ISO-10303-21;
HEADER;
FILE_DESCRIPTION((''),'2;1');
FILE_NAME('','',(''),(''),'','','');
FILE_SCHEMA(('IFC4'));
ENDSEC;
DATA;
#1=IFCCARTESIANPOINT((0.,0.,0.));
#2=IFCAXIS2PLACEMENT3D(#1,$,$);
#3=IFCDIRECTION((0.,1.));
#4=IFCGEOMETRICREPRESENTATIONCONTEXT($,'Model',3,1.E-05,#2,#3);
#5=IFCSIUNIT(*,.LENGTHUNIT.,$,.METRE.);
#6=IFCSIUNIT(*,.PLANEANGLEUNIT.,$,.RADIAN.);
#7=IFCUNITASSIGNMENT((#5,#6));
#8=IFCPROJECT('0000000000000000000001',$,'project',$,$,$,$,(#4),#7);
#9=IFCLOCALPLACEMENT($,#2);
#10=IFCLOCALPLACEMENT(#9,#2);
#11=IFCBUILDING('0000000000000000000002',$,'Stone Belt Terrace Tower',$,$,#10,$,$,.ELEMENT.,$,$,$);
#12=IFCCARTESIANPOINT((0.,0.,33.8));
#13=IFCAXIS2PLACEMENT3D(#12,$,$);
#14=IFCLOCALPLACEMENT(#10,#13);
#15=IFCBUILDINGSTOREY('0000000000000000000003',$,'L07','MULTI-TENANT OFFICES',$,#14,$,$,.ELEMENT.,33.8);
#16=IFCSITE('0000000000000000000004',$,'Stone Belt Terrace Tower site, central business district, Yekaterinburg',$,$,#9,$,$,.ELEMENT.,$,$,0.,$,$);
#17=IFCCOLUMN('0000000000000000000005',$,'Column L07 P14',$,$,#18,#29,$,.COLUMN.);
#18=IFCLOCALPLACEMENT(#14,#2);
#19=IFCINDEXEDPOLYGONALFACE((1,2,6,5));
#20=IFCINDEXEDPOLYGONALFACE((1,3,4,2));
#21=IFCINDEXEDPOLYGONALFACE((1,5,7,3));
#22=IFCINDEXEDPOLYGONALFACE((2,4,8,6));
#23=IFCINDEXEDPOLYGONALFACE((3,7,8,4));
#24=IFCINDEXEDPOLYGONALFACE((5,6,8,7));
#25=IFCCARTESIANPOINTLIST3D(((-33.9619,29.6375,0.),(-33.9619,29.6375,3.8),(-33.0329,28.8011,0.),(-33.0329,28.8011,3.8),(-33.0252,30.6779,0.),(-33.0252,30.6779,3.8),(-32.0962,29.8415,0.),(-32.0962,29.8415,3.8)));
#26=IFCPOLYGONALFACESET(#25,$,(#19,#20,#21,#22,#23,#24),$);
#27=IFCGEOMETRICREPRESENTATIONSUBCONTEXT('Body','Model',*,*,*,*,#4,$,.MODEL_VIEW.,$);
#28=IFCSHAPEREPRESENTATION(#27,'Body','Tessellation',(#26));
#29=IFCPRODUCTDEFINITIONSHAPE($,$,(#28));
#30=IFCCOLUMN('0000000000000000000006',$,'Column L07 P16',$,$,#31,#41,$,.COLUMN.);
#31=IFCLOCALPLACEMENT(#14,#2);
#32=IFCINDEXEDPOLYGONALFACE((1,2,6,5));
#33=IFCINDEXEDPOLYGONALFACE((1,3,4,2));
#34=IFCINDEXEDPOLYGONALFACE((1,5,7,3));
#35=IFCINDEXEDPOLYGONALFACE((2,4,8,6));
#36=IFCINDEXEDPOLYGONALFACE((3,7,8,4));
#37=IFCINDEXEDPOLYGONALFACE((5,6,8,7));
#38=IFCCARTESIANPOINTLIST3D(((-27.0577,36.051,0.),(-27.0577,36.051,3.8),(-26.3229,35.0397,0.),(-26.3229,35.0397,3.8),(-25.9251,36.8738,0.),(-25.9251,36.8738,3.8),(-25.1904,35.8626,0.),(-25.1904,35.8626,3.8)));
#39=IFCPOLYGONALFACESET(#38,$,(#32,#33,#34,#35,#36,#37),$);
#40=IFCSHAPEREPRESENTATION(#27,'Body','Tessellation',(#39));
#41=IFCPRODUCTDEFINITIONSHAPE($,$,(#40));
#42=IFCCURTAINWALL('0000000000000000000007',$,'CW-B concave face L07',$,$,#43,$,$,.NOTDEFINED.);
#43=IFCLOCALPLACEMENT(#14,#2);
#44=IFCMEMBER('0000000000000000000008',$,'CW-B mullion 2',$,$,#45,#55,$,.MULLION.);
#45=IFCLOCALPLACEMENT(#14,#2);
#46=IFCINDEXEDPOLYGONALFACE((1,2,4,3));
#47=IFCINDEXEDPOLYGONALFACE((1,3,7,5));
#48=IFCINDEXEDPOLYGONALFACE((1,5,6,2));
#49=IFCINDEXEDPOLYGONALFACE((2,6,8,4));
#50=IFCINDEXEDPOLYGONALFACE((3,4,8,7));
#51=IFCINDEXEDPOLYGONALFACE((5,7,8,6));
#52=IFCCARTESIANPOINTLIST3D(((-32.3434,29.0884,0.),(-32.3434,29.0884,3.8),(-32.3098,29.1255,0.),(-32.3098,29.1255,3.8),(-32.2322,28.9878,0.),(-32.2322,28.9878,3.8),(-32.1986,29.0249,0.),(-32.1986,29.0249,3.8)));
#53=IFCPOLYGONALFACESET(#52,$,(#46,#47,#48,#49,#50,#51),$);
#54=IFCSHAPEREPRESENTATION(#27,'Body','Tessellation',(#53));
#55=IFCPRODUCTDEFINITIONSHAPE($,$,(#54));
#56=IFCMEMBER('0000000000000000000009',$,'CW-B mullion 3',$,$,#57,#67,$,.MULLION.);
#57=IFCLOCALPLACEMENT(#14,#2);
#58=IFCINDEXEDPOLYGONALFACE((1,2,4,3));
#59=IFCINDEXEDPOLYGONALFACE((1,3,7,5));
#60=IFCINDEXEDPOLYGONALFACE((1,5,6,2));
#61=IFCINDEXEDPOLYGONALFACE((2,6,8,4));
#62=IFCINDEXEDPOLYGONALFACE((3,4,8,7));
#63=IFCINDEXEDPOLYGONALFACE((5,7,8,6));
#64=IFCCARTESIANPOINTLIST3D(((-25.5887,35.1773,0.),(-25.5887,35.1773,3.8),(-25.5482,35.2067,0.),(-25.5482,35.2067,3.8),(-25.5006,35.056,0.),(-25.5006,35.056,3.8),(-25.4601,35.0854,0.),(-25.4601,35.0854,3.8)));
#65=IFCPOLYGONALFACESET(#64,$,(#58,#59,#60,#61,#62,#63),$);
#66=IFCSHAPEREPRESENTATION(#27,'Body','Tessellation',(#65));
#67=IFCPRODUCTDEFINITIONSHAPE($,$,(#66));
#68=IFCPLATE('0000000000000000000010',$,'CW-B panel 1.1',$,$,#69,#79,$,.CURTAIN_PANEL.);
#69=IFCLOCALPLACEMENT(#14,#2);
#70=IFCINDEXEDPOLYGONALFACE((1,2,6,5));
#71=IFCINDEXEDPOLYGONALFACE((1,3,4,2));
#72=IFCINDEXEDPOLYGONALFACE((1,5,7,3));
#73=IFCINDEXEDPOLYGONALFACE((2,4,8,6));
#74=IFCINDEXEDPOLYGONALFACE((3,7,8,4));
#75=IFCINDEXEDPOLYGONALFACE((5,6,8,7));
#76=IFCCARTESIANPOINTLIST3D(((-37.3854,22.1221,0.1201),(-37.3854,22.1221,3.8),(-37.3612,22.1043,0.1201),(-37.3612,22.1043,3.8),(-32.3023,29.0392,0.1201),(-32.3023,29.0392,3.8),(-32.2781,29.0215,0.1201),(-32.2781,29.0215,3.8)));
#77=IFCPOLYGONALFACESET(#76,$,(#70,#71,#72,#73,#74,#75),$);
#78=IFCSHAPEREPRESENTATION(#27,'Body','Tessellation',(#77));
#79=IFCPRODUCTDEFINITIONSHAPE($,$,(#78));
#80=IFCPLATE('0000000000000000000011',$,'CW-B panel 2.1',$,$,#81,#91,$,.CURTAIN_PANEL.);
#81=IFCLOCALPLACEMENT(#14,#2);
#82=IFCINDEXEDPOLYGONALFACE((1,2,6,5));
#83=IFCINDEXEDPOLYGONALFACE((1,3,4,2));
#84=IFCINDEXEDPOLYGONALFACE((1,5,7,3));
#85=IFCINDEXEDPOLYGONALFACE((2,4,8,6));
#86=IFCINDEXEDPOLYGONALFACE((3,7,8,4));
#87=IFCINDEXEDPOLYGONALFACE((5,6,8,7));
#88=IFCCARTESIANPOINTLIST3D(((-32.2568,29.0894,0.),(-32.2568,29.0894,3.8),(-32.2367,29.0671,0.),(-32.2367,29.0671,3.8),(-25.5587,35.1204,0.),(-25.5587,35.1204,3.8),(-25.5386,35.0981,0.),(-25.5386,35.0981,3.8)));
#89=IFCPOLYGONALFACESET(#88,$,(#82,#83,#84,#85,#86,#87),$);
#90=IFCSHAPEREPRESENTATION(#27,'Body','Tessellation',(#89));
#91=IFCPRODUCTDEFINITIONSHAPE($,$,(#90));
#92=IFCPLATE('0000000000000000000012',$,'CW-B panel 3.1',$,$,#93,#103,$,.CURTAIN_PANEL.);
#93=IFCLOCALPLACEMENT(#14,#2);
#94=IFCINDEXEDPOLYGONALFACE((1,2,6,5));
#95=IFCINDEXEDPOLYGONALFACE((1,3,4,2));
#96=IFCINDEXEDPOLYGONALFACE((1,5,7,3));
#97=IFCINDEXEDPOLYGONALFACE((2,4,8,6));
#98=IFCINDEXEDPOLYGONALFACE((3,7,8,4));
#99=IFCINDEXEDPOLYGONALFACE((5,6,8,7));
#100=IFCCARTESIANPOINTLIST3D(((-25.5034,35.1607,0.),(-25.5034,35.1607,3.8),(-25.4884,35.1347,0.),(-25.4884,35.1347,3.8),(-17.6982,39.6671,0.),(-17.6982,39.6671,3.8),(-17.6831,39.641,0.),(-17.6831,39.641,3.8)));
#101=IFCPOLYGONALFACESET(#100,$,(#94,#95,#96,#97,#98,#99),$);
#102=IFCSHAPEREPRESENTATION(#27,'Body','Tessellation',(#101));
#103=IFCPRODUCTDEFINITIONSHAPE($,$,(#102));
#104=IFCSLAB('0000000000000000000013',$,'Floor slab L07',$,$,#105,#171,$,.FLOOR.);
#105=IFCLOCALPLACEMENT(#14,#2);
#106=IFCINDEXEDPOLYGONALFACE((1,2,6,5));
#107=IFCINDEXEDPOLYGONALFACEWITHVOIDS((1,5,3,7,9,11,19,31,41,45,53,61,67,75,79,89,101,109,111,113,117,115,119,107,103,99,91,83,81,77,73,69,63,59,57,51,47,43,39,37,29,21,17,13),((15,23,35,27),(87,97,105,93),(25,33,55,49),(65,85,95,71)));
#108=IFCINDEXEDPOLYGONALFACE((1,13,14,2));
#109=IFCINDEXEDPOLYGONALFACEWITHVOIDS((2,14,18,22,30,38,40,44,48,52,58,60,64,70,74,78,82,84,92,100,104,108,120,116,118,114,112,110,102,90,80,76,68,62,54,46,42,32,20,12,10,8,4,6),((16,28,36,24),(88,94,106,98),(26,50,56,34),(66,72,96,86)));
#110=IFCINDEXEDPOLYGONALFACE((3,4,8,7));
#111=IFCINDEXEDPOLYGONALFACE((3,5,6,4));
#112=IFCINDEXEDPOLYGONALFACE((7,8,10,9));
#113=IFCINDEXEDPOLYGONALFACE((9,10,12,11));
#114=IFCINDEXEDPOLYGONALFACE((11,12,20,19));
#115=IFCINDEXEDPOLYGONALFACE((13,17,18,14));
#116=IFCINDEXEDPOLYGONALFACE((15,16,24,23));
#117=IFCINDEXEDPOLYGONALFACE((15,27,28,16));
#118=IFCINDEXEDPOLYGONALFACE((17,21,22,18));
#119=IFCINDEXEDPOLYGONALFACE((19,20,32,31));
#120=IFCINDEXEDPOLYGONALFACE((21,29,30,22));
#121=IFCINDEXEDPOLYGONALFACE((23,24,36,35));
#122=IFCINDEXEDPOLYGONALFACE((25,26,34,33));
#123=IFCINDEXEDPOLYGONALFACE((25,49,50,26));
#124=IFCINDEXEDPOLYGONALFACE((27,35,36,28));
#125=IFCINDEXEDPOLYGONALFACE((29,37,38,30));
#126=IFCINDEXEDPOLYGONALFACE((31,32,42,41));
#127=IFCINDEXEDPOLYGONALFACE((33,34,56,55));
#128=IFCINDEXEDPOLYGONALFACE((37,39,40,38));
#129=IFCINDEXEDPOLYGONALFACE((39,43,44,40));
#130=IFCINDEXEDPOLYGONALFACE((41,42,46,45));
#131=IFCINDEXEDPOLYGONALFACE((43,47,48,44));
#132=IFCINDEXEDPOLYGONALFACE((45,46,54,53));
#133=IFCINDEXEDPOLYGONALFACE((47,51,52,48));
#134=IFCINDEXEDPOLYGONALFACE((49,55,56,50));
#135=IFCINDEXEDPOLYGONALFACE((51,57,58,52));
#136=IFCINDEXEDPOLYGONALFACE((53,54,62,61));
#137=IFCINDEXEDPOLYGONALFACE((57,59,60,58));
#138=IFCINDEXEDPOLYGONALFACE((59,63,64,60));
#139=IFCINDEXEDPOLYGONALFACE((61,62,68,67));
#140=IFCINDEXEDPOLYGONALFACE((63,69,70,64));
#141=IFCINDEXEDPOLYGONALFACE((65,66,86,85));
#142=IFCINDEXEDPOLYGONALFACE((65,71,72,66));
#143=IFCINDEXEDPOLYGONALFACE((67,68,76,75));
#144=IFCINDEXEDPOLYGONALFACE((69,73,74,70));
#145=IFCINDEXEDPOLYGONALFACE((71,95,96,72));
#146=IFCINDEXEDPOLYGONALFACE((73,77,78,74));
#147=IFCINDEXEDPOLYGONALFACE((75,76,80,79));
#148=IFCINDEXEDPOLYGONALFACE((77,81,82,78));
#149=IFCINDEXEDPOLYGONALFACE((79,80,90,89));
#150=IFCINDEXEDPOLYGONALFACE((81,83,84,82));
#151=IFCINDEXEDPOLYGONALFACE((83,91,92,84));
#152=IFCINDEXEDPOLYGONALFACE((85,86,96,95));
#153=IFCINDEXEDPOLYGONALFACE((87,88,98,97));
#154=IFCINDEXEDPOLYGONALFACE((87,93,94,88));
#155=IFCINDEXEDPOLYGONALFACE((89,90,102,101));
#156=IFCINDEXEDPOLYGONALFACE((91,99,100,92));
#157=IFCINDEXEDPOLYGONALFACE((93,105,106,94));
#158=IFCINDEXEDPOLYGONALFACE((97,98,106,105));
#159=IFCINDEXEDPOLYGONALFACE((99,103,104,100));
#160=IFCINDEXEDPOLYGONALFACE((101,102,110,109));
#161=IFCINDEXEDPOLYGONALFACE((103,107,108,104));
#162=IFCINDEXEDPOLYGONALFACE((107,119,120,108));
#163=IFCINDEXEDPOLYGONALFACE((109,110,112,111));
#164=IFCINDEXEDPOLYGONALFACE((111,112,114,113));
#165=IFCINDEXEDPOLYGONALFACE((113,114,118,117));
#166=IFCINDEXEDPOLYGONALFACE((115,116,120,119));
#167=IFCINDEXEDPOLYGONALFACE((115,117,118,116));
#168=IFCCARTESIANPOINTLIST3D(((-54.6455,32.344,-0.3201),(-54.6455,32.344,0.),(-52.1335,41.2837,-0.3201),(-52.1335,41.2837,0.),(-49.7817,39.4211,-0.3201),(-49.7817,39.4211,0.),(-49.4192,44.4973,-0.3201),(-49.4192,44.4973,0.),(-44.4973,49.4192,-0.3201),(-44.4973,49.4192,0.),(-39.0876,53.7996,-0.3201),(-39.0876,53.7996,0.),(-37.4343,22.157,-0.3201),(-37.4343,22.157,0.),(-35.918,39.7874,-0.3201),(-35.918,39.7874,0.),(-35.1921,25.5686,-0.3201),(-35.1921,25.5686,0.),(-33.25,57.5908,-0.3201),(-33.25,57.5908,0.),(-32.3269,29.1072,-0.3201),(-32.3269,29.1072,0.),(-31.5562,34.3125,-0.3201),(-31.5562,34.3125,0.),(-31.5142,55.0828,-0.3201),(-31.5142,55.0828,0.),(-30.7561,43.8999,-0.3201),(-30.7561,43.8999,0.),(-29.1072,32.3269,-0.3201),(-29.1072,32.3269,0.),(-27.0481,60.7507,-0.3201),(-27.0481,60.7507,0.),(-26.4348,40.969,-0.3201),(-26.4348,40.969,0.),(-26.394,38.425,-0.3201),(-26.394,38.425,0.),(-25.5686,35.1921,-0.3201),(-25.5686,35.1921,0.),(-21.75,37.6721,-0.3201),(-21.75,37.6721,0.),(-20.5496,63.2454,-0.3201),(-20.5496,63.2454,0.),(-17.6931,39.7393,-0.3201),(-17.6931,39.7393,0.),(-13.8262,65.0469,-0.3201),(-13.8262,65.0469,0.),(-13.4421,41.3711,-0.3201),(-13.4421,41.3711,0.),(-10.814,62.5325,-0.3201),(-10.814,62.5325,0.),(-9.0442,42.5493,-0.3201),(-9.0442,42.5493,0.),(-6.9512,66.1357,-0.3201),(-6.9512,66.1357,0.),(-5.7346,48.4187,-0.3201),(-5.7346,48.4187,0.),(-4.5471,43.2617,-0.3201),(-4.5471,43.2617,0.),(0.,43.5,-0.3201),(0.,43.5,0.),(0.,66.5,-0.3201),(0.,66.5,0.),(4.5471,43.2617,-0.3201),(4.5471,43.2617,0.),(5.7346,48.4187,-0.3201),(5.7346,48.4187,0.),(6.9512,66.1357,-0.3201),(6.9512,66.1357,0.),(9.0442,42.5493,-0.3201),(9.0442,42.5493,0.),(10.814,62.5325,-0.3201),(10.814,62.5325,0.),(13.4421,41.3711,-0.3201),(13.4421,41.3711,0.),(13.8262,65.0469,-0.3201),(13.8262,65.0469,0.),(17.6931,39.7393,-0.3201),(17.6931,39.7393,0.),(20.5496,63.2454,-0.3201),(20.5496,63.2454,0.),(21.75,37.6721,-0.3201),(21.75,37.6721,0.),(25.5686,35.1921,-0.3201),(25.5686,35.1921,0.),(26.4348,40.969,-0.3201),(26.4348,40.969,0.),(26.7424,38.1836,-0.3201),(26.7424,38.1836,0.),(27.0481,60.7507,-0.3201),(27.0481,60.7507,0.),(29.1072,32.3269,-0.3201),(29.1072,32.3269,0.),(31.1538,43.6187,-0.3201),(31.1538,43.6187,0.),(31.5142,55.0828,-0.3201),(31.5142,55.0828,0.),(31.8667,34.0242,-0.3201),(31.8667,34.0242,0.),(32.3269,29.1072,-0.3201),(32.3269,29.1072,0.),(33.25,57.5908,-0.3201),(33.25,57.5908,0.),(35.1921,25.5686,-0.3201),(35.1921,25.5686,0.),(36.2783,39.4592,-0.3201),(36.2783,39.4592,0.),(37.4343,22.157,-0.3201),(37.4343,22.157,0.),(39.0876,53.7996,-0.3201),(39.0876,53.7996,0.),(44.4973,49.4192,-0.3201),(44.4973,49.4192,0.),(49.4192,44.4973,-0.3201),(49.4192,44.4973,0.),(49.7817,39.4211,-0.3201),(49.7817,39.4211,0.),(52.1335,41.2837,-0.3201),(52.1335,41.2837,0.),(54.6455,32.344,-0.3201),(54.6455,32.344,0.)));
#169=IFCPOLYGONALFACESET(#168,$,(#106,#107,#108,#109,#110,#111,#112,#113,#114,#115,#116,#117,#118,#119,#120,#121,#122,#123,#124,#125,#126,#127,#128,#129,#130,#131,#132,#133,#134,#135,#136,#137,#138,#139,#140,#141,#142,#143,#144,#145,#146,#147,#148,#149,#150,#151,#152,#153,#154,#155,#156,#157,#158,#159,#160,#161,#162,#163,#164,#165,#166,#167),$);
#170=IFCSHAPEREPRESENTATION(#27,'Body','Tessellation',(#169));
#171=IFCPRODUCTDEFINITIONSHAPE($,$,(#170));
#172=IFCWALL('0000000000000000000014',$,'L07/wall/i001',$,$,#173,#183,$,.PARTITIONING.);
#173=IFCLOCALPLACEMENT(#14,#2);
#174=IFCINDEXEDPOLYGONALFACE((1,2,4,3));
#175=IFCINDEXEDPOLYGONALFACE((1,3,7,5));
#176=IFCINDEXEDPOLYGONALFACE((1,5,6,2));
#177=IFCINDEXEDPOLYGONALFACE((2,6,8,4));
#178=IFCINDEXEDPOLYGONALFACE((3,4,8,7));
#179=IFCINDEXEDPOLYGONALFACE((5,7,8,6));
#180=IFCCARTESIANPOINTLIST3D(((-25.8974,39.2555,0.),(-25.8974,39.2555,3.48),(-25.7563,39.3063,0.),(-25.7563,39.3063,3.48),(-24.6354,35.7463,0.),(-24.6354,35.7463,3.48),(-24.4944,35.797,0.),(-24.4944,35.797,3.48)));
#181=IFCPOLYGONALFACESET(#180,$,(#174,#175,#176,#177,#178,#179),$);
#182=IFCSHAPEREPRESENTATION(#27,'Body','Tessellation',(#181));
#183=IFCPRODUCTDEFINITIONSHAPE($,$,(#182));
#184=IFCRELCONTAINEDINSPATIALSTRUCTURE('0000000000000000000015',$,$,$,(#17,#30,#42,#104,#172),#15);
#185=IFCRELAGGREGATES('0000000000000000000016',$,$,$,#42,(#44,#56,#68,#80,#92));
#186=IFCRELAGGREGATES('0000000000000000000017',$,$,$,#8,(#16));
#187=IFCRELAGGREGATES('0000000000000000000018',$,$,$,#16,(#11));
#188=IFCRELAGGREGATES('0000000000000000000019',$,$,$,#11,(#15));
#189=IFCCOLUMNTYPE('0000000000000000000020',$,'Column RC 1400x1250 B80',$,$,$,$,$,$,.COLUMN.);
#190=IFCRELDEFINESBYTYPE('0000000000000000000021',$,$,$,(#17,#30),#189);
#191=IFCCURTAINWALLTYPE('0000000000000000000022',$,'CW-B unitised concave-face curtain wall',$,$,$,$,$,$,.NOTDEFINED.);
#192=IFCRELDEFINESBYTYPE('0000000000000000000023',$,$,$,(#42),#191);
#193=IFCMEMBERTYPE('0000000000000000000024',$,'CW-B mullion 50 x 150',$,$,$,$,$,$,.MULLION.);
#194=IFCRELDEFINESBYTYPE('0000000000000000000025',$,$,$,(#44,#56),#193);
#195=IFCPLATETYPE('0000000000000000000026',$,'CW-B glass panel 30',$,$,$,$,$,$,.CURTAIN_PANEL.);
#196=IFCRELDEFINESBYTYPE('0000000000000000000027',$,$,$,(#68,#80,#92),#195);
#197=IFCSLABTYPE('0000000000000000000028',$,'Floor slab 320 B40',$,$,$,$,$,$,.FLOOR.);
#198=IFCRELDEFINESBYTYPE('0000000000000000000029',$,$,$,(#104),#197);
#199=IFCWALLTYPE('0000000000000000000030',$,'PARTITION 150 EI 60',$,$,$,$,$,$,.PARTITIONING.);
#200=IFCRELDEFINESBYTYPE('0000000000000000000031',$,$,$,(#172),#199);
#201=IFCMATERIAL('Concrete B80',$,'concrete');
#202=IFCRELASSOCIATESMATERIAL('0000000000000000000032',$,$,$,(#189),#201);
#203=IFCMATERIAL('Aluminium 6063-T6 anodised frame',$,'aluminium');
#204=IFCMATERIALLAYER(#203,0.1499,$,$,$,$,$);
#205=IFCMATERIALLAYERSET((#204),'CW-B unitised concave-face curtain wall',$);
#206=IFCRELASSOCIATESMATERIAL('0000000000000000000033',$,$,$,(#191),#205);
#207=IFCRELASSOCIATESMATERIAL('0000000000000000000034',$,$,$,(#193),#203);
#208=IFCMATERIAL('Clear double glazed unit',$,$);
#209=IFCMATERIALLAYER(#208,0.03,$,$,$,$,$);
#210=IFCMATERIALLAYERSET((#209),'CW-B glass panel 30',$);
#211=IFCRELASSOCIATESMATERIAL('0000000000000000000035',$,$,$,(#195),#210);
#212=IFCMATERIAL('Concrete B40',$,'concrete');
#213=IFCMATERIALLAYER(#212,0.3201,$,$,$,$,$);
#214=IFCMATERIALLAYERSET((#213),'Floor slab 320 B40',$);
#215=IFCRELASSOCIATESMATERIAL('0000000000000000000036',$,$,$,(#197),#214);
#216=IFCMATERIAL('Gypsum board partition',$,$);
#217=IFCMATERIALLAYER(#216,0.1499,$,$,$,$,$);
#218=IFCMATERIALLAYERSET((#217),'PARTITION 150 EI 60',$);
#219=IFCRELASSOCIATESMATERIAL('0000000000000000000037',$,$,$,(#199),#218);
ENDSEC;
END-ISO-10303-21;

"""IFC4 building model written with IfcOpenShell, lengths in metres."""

from ifc_helpers import new_model, si_unit, direction, frame, frame_2d, origin, origin_2d, place, context, subcontext, project, spatial, polyline, rectangle, outline, extrude, material, layer, layer_set, material_profile, profile_set, type_object, element, aggregate, save


model = new_model("IFC4")

# Units and contexts
model_context = context("Model", 3, precision=1e-05, world=origin(), true_north=direction((0.0, 1.0)))
body_context = subcontext(model_context, "Body", "Model", "MODEL_VIEW")
ifc_project = project(units=[si_unit("LENGTHUNIT", "METRE"), si_unit("PLANEANGLEUNIT", "RADIAN")], contexts=[model_context])

# Site, building, storey
site_placement = place(None, origin())
site = spatial("IfcSite", under=ifc_project, at=site_placement, Name="Stone Belt Terrace Tower site, central business district, Yekaterinburg", CompositionType="ELEMENT", RefElevation=0.0)
building_placement = place(site_placement, origin())
building = spatial("IfcBuilding", under=site, at=building_placement, Name="Stone Belt Terrace Tower", CompositionType="ELEMENT")
storey_placement = place(building_placement, frame((0.0, 0.0, 33.8)))
storey = spatial("IfcBuildingStorey", under=building, at=storey_placement, Name="L07", Description="MULTI-TENANT OFFICES", CompositionType="ELEMENT", Elevation=33.8)

# Columns
ifc_material_1 = material(Name="Concrete B80", Category="concrete")
ifc_material_profile_1 = material_profile(ifc_material_1, rectangle(XDim=1.3999, YDim=1.25, at=origin_2d()), Name="RC 1400x1250")
ifc_profile_set_1 = profile_set([ifc_material_profile_1], Name="Concrete B80")
column_type = type_object("IfcColumnType", Name="Column RC 1400x1250 B80", PredefinedType="COLUMN", material=ifc_profile_set_1)
for number, where, z_axis, x_axis, name in (
    (1, (-33.0291, 29.7395, 0.0), (0.0, 0.0, 1.0), (0.669131, 0.743145, 0.0), "Column L07 P14"),
    (2, (-26.124, 35.9568, 0.0), (0.0, 0.0, 1.0), (0.809017, 0.587785, 0.0), "Column L07 P16"),
):
    element("IfcColumn", number, at=place(storey_placement, frame(where, z_axis=z_axis, x_axis=x_axis)), inside=storey, type_object=column_type, Name=name, PredefinedType="COLUMN", context=body_context, shape_type="SweptSolid", body=[
        extrude(rectangle(XDim=1.3999, YDim=1.25, at=origin_2d()), origin(), (0.0, 0.0, 1.0), 3.8),
    ])

# Curtain wall, members, plates
ifc_material_2 = material(Name="Aluminium 6063-T6 anodised frame", Category="aluminium")
ifc_layer_1 = layer(ifc_material_2, 0.1499)
ifc_layer_set_1 = layer_set([ifc_layer_1], Name="CW-B unitised concave-face curtain wall")
curtain_wall_type = type_object("IfcCurtainWallType", Name="CW-B unitised concave-face curtain wall", PredefinedType="NOTDEFINED", material=ifc_layer_set_1)
curtain_wall_placement = place(storey_placement, origin())
curtain_wall = element("IfcCurtainWall", 3, at=curtain_wall_placement, inside=storey, type_object=curtain_wall_type, Name="CW-B concave face L07", PredefinedType="NOTDEFINED")
ifc_material_profile_2 = material_profile(ifc_material_2, rectangle(XDim=0.1499, YDim=0.05, at=origin_2d()), Name="Aluminium 6063-T6 50x150")
ifc_profile_set_2 = profile_set([ifc_material_profile_2], Name="Aluminium 6063-T6 anodised frame")
member_type = type_object("IfcMemberType", Name="CW-B mullion 50 x 150", PredefinedType="MULLION", material=ifc_profile_set_2)
member_1_placement = place(storey_placement, frame((-32.271, 29.0566, 0.0), z_axis=(0.0, 0.0, 1.0), x_axis=(-0.74133, 0.671141, 0.0)))
member_1 = element("IfcMember", 4, at=member_1_placement, type_object=member_type, Name="CW-B mullion 2", PredefinedType="MULLION", context=body_context, shape_type="SweptSolid", body=[
    extrude(rectangle(XDim=0.1499, YDim=0.05, at=origin_2d()), origin(), (0.0, 0.0, 1.0), 3.8),
])
member_2_placement = place(storey_placement, frame((-25.5244, 35.1313, 0.0), z_axis=(0.0, 0.0, 1.0), x_axis=(-0.587785, 0.809017, 0.0)))
member_2 = element("IfcMember", 5, at=member_2_placement, type_object=member_type, Name="CW-B mullion 3", PredefinedType="MULLION", context=body_context, shape_type="SweptSolid", body=[
    extrude(rectangle(XDim=0.1499, YDim=0.05, at=origin_2d()), origin(), (0.0, 0.0, 1.0), 3.8),
])
ifc_material_3 = material(Name="Clear double glazed unit")
ifc_layer_2 = layer(ifc_material_3, 0.03)
ifc_layer_set_2 = layer_set([ifc_layer_2], Name="CW-B glass panel 30")
plate_type = type_object("IfcPlateType", Name="CW-B glass panel 30", PredefinedType="CURTAIN_PANEL", material=ifc_layer_set_2)
plate_1_placement = place(storey_placement, frame((-34.8318, 25.5718, 0.1201), z_axis=(0.0, 0.0, 1.0), x_axis=(0.592159, 0.805821, 0.0)))
plate_1 = element("IfcPlate", 6, at=plate_1_placement, type_object=plate_type, Name="CW-B panel 1.1", PredefinedType="CURTAIN_PANEL", context=body_context, shape_type="SweptSolid", body=[
    extrude(rectangle(XDim=8.584, YDim=0.03, at=origin_2d()), origin(), (0.0, 0.0, 1.0), 3.6799),
])
plate_2_placement = place(storey_placement, frame((-28.8977, 32.0938, 0.0), z_axis=(0.0, 0.0, 1.0), x_axis=(0.743145, 0.669131, 0.0)))
plate_2 = element("IfcPlate", 7, at=plate_2_placement, type_object=plate_type, Name="CW-B panel 2.1", PredefinedType="CURTAIN_PANEL", context=body_context, shape_type="SweptSolid", body=[
    extrude(rectangle(XDim=9.0132, YDim=0.03, at=origin_2d()), origin(), (0.0, 0.0, 1.0), 3.8),
])
plate_3_placement = place(storey_placement, frame((-21.5933, 37.4009, 0.0), z_axis=(0.0, 0.0, 1.0), x_axis=(0.866025, 0.5, 0.0)))
plate_3 = element("IfcPlate", 8, at=plate_3_placement, type_object=plate_type, Name="CW-B panel 3.1", PredefinedType="CURTAIN_PANEL", context=body_context, shape_type="SweptSolid", body=[
    extrude(rectangle(XDim=9.0127, YDim=0.03, at=origin_2d()), origin(), (0.0, 0.0, 1.0), 3.8),
])
aggregate(curtain_wall, [member_1, member_2, plate_1, plate_2, plate_3])

# Slab
ifc_material_4 = material(Name="Concrete B40", Category="concrete")
ifc_layer_3 = layer(ifc_material_4, 0.3201)
ifc_layer_set_3 = layer_set([ifc_layer_3], Name="Floor slab 320 B40")
slab_type = type_object("IfcSlabType", Name="Floor slab 320 B40", PredefinedType="FLOOR", material=ifc_layer_set_3)
slab_placement = place(storey_placement, frame((0.0, 0.0, -0.3201)))
element("IfcSlab", 9, at=slab_placement, inside=storey, type_object=slab_type, Name="Floor slab L07", PredefinedType="FLOOR", context=body_context, shape_type="SweptSolid", body=[
    extrude(outline(polyline([(-49.4192, 44.4973), (-44.4973, 49.4192), (-39.0876, 53.7996), (-33.25, 57.5908), (-27.0481, 60.7507), (-20.5496, 63.2454), (-13.8262, 65.0469), (-6.9512, 66.1357), (0.0, 66.5), (6.9512, 66.1357), (13.8262, 65.0469), (20.5496, 63.2454), (27.0481, 60.7507), (33.25, 57.5908), (39.0876, 53.7996), (44.4973, 49.4192), (49.4192, 44.4973), (52.1335, 41.2837), (49.7817, 39.4211), (54.6455, 32.344), (37.4343, 22.157), (35.1921, 25.5686), (32.3269, 29.1072), (29.1072, 32.3269), (25.5686, 35.1921), (21.75, 37.6721), (17.6931, 39.7393), (13.4421, 41.3711), (9.0442, 42.5493), (4.5471, 43.2617), (0.0, 43.5), (-4.5471, 43.2617), (-9.0442, 42.5493), (-13.4421, 41.3711), (-17.6931, 39.7393), (-21.75, 37.6721), (-25.5686, 35.1921), (-29.1072, 32.3269), (-32.3269, 29.1072), (-35.1921, 25.5686), (-37.4343, 22.157), (-54.6455, 32.344), (-49.7817, 39.4211), (-52.1335, 41.2837), (-49.4192, 44.4973)]), holes=[polyline([(-26.4348, 40.969), (-5.7346, 48.4187), (-10.814, 62.5325), (-31.5142, 55.0828), (-26.4348, 40.969)]), polyline([(10.814, 62.5325), (5.7346, 48.4187), (26.4348, 40.969), (31.5142, 55.0828), (10.814, 62.5325)]), polyline([(-35.918, 39.7874), (-31.5562, 34.3125), (-26.394, 38.425), (-30.7561, 43.8999), (-35.918, 39.7874)]), polyline([(36.2783, 39.4592), (31.1538, 43.6187), (26.7424, 38.1836), (31.8667, 34.0242), (36.2783, 39.4592)])]), origin(), (0.0, 0.0, 1.0), 0.3201),
])

# Wall
ifc_material_5 = material(Name="Gypsum board partition")
ifc_layer_4 = layer(ifc_material_5, 0.1499)
ifc_layer_set_4 = layer_set([ifc_layer_4], Name="PARTITION 150 EI 60")
wall_type_1 = type_object("IfcWallType", Name="PARTITION 150 EI 60", PredefinedType="PARTITIONING", material=ifc_layer_set_4)
wall_1_placement = place(storey_placement, frame((-25.8269, 39.281, 0.0), z_axis=(0.0, 0.0, 1.0), x_axis=(0.338393, -0.941005, 0.0)))
element("IfcWall", 10, at=wall_1_placement, inside=storey, type_object=wall_type_1, Name="L07/wall/i001", PredefinedType="PARTITIONING", context=body_context, shape_type="SweptSolid", body=[
    extrude(rectangle(XDim=3.7292, YDim=0.1499, at=frame_2d((1.8647, 0.0))), origin(), (0.0, 0.0, 1.0), 3.48),
])

save(model, "model.ifc")
